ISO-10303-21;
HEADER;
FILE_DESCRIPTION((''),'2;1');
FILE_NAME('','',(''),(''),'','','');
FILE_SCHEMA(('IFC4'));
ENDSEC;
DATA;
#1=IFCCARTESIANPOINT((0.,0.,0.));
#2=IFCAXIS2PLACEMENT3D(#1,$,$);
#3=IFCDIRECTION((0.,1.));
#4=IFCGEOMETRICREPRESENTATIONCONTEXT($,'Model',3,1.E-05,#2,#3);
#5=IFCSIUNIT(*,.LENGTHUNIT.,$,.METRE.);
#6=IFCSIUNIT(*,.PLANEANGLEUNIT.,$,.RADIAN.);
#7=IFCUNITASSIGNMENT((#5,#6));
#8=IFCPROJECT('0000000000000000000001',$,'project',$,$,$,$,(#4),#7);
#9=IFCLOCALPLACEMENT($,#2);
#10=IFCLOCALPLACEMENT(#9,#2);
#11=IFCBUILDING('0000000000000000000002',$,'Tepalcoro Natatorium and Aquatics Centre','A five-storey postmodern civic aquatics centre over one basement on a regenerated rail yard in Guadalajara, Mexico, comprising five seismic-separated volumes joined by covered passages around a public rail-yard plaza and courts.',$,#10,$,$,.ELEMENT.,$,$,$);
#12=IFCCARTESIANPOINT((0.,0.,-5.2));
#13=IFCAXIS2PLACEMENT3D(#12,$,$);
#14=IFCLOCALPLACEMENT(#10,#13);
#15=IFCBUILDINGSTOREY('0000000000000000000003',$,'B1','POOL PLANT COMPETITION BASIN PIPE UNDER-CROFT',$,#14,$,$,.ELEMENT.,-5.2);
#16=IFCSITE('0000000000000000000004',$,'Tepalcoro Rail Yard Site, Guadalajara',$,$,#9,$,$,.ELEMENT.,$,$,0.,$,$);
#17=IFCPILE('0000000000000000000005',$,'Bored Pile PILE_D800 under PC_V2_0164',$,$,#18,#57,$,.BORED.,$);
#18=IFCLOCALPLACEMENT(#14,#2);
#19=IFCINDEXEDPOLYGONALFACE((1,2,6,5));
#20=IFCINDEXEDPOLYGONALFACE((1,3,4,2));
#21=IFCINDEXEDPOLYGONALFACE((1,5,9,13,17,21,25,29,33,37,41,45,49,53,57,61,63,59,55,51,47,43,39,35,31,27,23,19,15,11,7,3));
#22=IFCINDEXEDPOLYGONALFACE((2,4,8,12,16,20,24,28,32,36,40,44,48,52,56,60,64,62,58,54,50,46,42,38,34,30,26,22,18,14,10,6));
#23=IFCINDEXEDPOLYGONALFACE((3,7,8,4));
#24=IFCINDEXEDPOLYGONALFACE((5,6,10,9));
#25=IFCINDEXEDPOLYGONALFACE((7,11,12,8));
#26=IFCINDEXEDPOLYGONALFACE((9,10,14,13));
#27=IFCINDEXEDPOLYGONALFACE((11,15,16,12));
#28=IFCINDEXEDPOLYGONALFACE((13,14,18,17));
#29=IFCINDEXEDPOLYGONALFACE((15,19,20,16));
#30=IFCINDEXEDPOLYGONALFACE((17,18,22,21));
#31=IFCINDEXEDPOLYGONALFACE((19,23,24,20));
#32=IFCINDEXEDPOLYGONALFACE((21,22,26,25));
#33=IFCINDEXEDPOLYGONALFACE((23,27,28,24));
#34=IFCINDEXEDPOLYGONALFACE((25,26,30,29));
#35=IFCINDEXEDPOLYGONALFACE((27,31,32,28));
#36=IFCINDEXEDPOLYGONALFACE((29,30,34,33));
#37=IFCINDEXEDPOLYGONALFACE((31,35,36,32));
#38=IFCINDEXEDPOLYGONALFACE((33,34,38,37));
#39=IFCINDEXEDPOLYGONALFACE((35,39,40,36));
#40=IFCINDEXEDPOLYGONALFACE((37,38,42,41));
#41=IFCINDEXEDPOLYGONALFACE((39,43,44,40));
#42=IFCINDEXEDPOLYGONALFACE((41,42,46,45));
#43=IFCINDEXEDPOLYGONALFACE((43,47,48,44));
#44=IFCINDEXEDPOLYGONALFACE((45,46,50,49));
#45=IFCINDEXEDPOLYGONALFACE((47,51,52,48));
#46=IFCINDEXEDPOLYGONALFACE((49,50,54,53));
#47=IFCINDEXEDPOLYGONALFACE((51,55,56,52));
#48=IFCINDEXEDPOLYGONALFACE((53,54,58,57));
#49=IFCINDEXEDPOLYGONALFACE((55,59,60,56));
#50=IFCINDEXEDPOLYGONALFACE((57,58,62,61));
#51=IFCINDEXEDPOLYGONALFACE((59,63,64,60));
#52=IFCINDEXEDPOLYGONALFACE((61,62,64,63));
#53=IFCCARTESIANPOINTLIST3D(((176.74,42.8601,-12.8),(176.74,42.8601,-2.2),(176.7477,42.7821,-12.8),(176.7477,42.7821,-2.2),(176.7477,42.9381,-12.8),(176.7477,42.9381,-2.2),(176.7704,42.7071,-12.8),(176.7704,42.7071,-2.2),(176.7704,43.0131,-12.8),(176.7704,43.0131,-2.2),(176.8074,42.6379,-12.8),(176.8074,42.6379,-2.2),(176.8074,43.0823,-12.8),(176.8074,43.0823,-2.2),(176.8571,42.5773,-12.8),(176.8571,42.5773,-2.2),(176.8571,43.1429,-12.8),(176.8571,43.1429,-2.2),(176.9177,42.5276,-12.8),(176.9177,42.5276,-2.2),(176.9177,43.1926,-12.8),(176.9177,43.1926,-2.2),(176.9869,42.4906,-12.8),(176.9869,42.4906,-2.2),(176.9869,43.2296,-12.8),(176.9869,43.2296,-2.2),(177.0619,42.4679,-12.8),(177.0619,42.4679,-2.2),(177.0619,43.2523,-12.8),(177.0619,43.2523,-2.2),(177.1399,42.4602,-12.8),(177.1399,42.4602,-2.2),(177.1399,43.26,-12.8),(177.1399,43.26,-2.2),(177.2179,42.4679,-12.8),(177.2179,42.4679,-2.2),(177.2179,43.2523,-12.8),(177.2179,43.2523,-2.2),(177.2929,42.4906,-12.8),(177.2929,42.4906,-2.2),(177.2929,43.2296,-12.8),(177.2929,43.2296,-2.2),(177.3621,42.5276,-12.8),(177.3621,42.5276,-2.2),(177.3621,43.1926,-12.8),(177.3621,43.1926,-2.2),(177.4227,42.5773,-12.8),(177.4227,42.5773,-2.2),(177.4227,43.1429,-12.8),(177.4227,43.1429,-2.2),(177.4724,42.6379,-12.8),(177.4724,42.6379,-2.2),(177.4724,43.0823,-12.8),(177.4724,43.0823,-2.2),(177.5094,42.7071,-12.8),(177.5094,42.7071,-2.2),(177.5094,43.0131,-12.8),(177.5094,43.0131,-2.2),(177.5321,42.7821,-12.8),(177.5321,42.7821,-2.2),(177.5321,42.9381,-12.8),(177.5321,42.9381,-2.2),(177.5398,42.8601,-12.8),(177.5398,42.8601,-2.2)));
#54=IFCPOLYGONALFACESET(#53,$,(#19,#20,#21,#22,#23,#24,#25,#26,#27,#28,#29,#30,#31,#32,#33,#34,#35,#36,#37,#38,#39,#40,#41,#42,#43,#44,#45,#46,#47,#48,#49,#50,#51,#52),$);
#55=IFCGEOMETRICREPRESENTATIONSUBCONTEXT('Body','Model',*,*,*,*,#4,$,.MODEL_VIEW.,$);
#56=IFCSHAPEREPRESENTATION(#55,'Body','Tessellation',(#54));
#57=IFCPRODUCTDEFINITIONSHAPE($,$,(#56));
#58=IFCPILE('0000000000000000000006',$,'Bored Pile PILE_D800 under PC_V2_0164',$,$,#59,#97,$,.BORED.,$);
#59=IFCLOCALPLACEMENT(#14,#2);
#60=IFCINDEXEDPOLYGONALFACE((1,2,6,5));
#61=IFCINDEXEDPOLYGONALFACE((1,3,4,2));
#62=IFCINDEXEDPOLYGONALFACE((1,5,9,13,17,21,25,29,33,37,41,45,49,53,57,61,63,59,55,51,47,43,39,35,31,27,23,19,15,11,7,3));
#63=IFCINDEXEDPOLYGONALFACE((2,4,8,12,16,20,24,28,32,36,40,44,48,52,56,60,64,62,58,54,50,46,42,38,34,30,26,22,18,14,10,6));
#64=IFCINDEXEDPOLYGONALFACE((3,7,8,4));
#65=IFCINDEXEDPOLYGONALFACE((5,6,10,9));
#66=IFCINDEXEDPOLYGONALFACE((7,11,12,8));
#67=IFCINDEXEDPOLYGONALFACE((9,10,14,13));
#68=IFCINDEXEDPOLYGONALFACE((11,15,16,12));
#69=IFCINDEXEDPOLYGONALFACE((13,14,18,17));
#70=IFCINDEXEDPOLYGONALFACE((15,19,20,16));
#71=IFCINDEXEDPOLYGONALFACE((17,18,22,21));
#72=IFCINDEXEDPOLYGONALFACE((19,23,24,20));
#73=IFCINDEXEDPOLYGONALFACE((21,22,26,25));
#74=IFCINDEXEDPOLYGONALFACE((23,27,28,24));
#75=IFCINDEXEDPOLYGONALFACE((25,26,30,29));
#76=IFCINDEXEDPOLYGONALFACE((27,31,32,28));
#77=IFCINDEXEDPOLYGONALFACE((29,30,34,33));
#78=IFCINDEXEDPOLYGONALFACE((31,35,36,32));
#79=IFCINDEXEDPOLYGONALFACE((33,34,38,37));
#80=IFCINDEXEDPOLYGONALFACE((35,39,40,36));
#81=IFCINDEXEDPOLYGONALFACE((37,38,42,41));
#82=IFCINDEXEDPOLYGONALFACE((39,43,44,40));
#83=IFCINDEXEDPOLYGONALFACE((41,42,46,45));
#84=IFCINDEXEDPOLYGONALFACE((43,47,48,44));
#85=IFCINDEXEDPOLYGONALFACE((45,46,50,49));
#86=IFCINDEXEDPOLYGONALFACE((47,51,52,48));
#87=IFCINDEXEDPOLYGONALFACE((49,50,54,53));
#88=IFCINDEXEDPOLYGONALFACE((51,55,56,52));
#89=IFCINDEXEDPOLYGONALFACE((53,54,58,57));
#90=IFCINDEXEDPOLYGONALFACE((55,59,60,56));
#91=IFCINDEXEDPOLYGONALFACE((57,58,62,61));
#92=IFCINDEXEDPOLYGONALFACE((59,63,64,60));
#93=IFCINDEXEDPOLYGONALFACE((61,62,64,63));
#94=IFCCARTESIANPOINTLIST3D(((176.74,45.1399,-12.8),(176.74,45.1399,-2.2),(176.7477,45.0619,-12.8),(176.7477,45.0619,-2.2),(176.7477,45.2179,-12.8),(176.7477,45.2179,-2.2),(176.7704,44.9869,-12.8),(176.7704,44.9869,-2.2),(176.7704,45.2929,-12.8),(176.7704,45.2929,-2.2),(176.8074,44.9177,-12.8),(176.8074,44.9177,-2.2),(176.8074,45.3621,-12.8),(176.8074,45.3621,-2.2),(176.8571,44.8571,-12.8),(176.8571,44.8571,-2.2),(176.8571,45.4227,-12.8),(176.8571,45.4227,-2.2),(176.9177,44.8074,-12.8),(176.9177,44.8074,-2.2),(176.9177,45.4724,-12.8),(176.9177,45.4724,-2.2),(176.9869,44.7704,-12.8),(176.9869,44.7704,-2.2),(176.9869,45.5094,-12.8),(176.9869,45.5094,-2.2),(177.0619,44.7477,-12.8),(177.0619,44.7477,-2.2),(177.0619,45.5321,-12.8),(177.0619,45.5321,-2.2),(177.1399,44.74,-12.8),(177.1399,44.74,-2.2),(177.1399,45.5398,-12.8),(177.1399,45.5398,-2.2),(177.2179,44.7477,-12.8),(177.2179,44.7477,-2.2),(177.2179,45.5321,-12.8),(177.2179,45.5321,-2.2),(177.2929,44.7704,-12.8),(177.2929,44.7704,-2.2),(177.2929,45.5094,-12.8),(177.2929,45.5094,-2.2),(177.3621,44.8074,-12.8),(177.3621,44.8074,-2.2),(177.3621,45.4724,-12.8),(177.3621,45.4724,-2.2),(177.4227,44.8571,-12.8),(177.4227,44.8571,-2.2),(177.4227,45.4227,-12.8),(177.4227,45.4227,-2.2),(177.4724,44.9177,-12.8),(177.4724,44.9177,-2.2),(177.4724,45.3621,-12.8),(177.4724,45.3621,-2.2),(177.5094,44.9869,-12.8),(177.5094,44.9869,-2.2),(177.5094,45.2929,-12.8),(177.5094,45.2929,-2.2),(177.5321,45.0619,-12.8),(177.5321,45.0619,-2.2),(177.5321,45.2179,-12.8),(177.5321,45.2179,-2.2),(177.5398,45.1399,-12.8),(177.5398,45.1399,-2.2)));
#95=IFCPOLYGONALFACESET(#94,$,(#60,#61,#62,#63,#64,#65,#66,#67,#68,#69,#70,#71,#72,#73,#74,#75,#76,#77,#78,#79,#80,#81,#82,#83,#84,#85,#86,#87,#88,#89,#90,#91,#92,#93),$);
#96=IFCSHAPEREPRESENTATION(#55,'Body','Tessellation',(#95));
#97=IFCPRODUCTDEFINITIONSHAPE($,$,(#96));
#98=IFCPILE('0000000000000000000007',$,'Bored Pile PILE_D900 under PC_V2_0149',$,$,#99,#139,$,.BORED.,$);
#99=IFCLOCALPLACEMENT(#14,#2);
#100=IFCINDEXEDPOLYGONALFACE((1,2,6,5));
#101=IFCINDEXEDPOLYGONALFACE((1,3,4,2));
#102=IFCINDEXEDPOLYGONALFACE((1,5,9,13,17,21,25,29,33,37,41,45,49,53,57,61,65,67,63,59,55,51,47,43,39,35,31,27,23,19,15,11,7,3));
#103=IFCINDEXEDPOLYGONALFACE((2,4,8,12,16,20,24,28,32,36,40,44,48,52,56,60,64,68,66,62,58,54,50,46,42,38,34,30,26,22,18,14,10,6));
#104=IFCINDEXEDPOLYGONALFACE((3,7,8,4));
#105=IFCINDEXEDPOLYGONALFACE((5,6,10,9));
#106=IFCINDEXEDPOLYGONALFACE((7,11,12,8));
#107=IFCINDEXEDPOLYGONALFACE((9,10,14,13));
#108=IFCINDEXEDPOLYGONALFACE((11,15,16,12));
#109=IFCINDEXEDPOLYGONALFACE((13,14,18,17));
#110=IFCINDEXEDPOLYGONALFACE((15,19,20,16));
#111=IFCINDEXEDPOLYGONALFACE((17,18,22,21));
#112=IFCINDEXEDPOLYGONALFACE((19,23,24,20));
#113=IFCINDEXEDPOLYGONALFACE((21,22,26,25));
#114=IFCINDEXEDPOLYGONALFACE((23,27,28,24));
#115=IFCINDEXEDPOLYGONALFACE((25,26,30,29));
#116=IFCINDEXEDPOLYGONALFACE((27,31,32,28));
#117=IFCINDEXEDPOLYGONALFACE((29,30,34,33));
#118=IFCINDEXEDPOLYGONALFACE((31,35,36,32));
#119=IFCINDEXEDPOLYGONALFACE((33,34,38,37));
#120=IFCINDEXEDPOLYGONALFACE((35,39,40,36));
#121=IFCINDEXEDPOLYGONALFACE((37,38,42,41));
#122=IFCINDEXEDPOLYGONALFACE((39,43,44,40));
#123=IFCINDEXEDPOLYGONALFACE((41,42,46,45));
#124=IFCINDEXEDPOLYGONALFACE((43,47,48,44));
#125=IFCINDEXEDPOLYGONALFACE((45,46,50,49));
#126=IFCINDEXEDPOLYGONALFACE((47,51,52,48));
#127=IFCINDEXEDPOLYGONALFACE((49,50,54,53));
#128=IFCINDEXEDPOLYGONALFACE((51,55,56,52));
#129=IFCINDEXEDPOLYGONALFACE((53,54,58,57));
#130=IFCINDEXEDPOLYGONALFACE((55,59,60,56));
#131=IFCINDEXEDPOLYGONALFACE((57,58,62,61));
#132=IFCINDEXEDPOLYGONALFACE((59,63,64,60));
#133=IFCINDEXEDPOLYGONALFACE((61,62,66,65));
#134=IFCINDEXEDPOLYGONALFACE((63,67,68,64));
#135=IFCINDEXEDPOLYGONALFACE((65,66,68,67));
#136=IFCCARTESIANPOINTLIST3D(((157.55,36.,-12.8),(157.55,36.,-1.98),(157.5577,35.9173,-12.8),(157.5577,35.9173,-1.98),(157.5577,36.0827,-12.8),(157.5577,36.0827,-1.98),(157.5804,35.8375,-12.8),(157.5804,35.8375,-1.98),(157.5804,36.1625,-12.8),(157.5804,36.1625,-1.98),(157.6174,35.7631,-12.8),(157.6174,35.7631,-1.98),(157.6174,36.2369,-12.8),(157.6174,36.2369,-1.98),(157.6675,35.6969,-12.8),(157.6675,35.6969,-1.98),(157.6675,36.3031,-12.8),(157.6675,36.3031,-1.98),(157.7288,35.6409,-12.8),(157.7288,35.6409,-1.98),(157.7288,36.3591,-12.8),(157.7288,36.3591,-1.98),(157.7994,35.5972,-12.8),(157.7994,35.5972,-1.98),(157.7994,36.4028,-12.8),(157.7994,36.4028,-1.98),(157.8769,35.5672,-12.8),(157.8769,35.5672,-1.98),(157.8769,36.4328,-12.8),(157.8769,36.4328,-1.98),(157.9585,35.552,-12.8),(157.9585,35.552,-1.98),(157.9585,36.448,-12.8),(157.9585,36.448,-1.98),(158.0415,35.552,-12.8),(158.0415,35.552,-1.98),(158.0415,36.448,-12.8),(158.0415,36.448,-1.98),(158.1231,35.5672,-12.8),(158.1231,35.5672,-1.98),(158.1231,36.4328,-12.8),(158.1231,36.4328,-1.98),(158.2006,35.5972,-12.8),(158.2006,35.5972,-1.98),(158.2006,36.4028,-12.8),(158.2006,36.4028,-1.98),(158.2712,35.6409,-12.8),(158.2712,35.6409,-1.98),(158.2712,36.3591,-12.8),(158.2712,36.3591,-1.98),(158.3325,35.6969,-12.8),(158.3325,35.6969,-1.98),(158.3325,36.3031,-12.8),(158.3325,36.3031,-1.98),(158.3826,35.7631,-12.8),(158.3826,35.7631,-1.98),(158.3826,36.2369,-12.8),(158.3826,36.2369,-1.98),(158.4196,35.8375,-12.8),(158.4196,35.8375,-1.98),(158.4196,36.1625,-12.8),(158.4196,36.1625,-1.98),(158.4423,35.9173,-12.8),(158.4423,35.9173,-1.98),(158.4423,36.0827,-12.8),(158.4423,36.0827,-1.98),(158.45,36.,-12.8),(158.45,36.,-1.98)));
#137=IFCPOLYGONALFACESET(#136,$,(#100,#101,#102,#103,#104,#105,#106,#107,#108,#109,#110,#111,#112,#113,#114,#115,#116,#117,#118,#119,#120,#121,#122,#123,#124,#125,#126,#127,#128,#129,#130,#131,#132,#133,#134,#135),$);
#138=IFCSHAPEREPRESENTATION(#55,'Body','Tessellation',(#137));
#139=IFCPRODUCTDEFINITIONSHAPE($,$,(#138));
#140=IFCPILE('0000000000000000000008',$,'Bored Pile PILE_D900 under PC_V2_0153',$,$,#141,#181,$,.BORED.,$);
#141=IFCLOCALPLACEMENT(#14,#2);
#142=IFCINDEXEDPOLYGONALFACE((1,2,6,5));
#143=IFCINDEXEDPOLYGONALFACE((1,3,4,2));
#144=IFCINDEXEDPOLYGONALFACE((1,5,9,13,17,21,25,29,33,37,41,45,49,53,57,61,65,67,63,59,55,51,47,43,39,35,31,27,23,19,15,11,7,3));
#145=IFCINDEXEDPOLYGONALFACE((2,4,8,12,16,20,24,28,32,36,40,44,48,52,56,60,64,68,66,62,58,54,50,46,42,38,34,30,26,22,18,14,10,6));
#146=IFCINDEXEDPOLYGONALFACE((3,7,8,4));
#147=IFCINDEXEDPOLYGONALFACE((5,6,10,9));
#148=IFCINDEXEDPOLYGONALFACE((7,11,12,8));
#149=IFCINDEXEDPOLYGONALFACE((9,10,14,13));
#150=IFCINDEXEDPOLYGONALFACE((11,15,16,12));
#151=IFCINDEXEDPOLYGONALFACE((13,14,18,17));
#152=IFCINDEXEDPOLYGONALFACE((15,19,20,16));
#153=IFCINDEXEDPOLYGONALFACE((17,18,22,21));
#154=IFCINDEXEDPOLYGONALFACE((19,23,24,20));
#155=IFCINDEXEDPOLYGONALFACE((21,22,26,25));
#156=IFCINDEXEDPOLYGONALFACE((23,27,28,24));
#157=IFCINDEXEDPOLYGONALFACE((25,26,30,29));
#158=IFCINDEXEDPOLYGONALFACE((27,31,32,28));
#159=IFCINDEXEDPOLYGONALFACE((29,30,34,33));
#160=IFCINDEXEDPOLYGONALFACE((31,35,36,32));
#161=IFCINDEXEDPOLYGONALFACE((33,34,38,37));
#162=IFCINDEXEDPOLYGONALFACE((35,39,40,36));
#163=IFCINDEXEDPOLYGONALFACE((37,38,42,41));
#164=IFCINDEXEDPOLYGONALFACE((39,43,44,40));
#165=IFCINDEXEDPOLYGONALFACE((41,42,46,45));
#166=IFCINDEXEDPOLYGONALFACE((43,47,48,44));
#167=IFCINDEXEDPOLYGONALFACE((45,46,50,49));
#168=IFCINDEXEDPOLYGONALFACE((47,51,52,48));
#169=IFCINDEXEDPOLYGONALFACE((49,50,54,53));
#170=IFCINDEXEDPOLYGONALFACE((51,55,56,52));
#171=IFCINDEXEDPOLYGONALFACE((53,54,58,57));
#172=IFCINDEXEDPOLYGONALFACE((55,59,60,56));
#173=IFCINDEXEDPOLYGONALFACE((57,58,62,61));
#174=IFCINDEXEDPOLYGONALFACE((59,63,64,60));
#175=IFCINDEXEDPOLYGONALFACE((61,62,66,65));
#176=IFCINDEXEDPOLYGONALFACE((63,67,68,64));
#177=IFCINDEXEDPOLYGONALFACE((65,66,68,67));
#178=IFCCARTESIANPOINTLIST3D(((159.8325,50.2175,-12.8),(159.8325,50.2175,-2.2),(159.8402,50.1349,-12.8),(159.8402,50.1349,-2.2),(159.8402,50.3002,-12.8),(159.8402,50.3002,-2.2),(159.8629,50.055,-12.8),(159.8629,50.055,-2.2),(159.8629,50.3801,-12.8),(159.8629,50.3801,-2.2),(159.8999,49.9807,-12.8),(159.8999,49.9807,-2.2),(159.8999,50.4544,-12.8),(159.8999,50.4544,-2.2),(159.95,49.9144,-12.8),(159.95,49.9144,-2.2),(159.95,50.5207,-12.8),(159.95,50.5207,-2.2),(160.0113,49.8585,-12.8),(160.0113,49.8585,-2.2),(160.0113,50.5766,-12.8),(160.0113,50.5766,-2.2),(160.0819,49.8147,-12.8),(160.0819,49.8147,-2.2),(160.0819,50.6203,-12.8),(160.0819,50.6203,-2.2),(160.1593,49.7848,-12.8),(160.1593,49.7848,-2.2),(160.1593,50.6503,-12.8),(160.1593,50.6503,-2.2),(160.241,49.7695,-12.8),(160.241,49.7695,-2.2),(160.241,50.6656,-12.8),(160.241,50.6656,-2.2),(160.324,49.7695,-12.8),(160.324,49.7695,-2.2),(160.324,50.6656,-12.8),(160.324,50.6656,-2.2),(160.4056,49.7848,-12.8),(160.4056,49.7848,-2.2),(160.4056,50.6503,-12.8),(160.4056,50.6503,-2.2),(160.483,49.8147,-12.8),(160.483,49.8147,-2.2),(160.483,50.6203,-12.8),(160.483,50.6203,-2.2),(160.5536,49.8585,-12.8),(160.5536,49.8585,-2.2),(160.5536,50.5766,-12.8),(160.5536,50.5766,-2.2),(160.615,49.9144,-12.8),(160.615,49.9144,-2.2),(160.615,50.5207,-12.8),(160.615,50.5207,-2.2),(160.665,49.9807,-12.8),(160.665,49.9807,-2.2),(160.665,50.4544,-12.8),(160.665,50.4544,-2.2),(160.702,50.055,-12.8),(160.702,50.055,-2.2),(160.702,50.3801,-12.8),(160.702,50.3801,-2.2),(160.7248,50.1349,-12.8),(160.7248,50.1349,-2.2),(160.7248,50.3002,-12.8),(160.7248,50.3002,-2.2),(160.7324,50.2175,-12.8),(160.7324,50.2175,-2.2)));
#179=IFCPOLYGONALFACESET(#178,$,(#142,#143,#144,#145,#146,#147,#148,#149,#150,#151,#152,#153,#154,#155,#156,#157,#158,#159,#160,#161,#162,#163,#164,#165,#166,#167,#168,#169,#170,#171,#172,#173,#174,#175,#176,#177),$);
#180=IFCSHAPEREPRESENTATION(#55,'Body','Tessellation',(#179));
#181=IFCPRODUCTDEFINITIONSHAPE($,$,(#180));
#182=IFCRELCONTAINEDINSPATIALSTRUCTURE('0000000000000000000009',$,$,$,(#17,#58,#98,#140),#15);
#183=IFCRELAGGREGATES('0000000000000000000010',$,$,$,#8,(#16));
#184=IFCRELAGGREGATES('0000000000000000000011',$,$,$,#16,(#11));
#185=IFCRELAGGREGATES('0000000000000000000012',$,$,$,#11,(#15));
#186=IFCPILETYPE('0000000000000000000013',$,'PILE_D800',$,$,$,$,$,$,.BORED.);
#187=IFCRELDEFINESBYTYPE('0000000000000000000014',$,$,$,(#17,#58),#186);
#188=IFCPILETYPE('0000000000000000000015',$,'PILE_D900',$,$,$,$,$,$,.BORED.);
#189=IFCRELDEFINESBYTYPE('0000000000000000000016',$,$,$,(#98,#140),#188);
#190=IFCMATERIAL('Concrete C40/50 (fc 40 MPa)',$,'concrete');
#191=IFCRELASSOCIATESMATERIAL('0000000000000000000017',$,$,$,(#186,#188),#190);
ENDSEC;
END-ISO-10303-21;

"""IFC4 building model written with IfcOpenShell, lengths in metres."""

from ifc_helpers import new_model, si_unit, direction, frame, origin, origin_2d, place, context, subcontext, project, spatial, circle, extrude, material, material_profile, profile_set, type_object, element, save


model = new_model("IFC4")

# Units and contexts
model_context = context("Model", 3, precision=1e-05, world=origin(), true_north=direction((0.0, 1.0)))
body_context = subcontext(model_context, "Body", "Model", "MODEL_VIEW")
ifc_project = project(units=[si_unit("LENGTHUNIT", "METRE"), si_unit("PLANEANGLEUNIT", "RADIAN")], contexts=[model_context])

# Site, building, storey
site_placement = place(None, origin())
site = spatial("IfcSite", under=ifc_project, at=site_placement, Name="Tepalcoro Rail Yard Site, Guadalajara", CompositionType="ELEMENT", RefElevation=0.0)
building_placement = place(site_placement, origin())
building = spatial("IfcBuilding", under=site, at=building_placement, Name="Tepalcoro Natatorium and Aquatics Centre", Description="A five-storey postmodern civic aquatics centre over one basement on a regenerated rail yard in Guadalajara, Mexico, comprising five seismic-separated volumes joined by covered passages around a public rail-yard plaza and courts.", CompositionType="ELEMENT")
storey_placement = place(building_placement, frame((0.0, 0.0, -5.2)))
storey = spatial("IfcBuildingStorey", under=building, at=storey_placement, Name="B1", Description="POOL PLANT COMPETITION BASIN PIPE UNDER-CROFT", CompositionType="ELEMENT", Elevation=-5.2)

# Piles
ifc_material_1 = material(Name="Concrete C40/50 (fc 40 MPa)", Category="concrete")
ifc_material_profile_1 = material_profile(ifc_material_1, circle(Radius=0.3999, at=origin_2d()), Name="PILE_D800")
ifc_profile_set_1 = profile_set([ifc_material_profile_1], Name="Concrete C40/50 (fc 40 MPa)")
pile_type_1 = type_object("IfcPileType", Name="PILE_D800", PredefinedType="BORED", material=ifc_profile_set_1)
for number, where, z_axis, x_axis, name in (
    (1, (177.1399, 42.8601, -2.2), (0.0, 0.0, -1.0), (1.0, 0.0, 0.0), "Bored Pile PILE_D800 under PC_V2_0164"),
    (2, (177.1399, 45.1399, -2.2), (0.0, 0.0, -1.0), (1.0, 0.0, 0.0), "Bored Pile PILE_D800 under PC_V2_0164"),
):
    element("IfcPile", number, at=place(storey_placement, frame(where, z_axis=z_axis, x_axis=x_axis)), inside=storey, type_object=pile_type_1, Name=name, PredefinedType="BORED", context=body_context, shape_type="SweptSolid", body=[
        extrude(circle(Radius=0.3999, at=origin_2d()), origin(), (0.0, 0.0, 1.0), 10.6001),
    ])
ifc_material_profile_2 = material_profile(ifc_material_1, circle(Radius=0.45, at=origin_2d()), Name="PILE_D900")
ifc_profile_set_2 = profile_set([ifc_material_profile_2], Name="Concrete C40/50 (fc 40 MPa)")
pile_type_2 = type_object("IfcPileType", Name="PILE_D900", PredefinedType="BORED", material=ifc_profile_set_2)
pile_1_placement = place(storey_placement, frame((158.0, 36.0, -1.98), z_axis=(0.0, 0.0, -1.0), x_axis=(1.0, 0.0, 0.0)))
element("IfcPile", 3, at=pile_1_placement, inside=storey, type_object=pile_type_2, Name="Bored Pile PILE_D900 under PC_V2_0149", PredefinedType="BORED", context=body_context, shape_type="SweptSolid", body=[
    extrude(circle(Radius=0.45, at=origin_2d()), origin(), (0.0, 0.0, 1.0), 10.8201),
])
for number, where, z_axis, x_axis, name in (
    (4, (160.2825, 50.2175, -2.2), (0.0, 0.0, -1.0), (1.0, 0.0, 0.0), "Bored Pile PILE_D900 under PC_V2_0153"),
):
    element("IfcPile", number, at=place(storey_placement, frame(where, z_axis=z_axis, x_axis=x_axis)), inside=storey, type_object=pile_type_2, Name=name, PredefinedType="BORED", context=body_context, shape_type="SweptSolid", body=[
        extrude(circle(Radius=0.45, at=origin_2d()), origin(), (0.0, 0.0, 1.0), 10.6001),
    ])

save(model, "model.ifc")
